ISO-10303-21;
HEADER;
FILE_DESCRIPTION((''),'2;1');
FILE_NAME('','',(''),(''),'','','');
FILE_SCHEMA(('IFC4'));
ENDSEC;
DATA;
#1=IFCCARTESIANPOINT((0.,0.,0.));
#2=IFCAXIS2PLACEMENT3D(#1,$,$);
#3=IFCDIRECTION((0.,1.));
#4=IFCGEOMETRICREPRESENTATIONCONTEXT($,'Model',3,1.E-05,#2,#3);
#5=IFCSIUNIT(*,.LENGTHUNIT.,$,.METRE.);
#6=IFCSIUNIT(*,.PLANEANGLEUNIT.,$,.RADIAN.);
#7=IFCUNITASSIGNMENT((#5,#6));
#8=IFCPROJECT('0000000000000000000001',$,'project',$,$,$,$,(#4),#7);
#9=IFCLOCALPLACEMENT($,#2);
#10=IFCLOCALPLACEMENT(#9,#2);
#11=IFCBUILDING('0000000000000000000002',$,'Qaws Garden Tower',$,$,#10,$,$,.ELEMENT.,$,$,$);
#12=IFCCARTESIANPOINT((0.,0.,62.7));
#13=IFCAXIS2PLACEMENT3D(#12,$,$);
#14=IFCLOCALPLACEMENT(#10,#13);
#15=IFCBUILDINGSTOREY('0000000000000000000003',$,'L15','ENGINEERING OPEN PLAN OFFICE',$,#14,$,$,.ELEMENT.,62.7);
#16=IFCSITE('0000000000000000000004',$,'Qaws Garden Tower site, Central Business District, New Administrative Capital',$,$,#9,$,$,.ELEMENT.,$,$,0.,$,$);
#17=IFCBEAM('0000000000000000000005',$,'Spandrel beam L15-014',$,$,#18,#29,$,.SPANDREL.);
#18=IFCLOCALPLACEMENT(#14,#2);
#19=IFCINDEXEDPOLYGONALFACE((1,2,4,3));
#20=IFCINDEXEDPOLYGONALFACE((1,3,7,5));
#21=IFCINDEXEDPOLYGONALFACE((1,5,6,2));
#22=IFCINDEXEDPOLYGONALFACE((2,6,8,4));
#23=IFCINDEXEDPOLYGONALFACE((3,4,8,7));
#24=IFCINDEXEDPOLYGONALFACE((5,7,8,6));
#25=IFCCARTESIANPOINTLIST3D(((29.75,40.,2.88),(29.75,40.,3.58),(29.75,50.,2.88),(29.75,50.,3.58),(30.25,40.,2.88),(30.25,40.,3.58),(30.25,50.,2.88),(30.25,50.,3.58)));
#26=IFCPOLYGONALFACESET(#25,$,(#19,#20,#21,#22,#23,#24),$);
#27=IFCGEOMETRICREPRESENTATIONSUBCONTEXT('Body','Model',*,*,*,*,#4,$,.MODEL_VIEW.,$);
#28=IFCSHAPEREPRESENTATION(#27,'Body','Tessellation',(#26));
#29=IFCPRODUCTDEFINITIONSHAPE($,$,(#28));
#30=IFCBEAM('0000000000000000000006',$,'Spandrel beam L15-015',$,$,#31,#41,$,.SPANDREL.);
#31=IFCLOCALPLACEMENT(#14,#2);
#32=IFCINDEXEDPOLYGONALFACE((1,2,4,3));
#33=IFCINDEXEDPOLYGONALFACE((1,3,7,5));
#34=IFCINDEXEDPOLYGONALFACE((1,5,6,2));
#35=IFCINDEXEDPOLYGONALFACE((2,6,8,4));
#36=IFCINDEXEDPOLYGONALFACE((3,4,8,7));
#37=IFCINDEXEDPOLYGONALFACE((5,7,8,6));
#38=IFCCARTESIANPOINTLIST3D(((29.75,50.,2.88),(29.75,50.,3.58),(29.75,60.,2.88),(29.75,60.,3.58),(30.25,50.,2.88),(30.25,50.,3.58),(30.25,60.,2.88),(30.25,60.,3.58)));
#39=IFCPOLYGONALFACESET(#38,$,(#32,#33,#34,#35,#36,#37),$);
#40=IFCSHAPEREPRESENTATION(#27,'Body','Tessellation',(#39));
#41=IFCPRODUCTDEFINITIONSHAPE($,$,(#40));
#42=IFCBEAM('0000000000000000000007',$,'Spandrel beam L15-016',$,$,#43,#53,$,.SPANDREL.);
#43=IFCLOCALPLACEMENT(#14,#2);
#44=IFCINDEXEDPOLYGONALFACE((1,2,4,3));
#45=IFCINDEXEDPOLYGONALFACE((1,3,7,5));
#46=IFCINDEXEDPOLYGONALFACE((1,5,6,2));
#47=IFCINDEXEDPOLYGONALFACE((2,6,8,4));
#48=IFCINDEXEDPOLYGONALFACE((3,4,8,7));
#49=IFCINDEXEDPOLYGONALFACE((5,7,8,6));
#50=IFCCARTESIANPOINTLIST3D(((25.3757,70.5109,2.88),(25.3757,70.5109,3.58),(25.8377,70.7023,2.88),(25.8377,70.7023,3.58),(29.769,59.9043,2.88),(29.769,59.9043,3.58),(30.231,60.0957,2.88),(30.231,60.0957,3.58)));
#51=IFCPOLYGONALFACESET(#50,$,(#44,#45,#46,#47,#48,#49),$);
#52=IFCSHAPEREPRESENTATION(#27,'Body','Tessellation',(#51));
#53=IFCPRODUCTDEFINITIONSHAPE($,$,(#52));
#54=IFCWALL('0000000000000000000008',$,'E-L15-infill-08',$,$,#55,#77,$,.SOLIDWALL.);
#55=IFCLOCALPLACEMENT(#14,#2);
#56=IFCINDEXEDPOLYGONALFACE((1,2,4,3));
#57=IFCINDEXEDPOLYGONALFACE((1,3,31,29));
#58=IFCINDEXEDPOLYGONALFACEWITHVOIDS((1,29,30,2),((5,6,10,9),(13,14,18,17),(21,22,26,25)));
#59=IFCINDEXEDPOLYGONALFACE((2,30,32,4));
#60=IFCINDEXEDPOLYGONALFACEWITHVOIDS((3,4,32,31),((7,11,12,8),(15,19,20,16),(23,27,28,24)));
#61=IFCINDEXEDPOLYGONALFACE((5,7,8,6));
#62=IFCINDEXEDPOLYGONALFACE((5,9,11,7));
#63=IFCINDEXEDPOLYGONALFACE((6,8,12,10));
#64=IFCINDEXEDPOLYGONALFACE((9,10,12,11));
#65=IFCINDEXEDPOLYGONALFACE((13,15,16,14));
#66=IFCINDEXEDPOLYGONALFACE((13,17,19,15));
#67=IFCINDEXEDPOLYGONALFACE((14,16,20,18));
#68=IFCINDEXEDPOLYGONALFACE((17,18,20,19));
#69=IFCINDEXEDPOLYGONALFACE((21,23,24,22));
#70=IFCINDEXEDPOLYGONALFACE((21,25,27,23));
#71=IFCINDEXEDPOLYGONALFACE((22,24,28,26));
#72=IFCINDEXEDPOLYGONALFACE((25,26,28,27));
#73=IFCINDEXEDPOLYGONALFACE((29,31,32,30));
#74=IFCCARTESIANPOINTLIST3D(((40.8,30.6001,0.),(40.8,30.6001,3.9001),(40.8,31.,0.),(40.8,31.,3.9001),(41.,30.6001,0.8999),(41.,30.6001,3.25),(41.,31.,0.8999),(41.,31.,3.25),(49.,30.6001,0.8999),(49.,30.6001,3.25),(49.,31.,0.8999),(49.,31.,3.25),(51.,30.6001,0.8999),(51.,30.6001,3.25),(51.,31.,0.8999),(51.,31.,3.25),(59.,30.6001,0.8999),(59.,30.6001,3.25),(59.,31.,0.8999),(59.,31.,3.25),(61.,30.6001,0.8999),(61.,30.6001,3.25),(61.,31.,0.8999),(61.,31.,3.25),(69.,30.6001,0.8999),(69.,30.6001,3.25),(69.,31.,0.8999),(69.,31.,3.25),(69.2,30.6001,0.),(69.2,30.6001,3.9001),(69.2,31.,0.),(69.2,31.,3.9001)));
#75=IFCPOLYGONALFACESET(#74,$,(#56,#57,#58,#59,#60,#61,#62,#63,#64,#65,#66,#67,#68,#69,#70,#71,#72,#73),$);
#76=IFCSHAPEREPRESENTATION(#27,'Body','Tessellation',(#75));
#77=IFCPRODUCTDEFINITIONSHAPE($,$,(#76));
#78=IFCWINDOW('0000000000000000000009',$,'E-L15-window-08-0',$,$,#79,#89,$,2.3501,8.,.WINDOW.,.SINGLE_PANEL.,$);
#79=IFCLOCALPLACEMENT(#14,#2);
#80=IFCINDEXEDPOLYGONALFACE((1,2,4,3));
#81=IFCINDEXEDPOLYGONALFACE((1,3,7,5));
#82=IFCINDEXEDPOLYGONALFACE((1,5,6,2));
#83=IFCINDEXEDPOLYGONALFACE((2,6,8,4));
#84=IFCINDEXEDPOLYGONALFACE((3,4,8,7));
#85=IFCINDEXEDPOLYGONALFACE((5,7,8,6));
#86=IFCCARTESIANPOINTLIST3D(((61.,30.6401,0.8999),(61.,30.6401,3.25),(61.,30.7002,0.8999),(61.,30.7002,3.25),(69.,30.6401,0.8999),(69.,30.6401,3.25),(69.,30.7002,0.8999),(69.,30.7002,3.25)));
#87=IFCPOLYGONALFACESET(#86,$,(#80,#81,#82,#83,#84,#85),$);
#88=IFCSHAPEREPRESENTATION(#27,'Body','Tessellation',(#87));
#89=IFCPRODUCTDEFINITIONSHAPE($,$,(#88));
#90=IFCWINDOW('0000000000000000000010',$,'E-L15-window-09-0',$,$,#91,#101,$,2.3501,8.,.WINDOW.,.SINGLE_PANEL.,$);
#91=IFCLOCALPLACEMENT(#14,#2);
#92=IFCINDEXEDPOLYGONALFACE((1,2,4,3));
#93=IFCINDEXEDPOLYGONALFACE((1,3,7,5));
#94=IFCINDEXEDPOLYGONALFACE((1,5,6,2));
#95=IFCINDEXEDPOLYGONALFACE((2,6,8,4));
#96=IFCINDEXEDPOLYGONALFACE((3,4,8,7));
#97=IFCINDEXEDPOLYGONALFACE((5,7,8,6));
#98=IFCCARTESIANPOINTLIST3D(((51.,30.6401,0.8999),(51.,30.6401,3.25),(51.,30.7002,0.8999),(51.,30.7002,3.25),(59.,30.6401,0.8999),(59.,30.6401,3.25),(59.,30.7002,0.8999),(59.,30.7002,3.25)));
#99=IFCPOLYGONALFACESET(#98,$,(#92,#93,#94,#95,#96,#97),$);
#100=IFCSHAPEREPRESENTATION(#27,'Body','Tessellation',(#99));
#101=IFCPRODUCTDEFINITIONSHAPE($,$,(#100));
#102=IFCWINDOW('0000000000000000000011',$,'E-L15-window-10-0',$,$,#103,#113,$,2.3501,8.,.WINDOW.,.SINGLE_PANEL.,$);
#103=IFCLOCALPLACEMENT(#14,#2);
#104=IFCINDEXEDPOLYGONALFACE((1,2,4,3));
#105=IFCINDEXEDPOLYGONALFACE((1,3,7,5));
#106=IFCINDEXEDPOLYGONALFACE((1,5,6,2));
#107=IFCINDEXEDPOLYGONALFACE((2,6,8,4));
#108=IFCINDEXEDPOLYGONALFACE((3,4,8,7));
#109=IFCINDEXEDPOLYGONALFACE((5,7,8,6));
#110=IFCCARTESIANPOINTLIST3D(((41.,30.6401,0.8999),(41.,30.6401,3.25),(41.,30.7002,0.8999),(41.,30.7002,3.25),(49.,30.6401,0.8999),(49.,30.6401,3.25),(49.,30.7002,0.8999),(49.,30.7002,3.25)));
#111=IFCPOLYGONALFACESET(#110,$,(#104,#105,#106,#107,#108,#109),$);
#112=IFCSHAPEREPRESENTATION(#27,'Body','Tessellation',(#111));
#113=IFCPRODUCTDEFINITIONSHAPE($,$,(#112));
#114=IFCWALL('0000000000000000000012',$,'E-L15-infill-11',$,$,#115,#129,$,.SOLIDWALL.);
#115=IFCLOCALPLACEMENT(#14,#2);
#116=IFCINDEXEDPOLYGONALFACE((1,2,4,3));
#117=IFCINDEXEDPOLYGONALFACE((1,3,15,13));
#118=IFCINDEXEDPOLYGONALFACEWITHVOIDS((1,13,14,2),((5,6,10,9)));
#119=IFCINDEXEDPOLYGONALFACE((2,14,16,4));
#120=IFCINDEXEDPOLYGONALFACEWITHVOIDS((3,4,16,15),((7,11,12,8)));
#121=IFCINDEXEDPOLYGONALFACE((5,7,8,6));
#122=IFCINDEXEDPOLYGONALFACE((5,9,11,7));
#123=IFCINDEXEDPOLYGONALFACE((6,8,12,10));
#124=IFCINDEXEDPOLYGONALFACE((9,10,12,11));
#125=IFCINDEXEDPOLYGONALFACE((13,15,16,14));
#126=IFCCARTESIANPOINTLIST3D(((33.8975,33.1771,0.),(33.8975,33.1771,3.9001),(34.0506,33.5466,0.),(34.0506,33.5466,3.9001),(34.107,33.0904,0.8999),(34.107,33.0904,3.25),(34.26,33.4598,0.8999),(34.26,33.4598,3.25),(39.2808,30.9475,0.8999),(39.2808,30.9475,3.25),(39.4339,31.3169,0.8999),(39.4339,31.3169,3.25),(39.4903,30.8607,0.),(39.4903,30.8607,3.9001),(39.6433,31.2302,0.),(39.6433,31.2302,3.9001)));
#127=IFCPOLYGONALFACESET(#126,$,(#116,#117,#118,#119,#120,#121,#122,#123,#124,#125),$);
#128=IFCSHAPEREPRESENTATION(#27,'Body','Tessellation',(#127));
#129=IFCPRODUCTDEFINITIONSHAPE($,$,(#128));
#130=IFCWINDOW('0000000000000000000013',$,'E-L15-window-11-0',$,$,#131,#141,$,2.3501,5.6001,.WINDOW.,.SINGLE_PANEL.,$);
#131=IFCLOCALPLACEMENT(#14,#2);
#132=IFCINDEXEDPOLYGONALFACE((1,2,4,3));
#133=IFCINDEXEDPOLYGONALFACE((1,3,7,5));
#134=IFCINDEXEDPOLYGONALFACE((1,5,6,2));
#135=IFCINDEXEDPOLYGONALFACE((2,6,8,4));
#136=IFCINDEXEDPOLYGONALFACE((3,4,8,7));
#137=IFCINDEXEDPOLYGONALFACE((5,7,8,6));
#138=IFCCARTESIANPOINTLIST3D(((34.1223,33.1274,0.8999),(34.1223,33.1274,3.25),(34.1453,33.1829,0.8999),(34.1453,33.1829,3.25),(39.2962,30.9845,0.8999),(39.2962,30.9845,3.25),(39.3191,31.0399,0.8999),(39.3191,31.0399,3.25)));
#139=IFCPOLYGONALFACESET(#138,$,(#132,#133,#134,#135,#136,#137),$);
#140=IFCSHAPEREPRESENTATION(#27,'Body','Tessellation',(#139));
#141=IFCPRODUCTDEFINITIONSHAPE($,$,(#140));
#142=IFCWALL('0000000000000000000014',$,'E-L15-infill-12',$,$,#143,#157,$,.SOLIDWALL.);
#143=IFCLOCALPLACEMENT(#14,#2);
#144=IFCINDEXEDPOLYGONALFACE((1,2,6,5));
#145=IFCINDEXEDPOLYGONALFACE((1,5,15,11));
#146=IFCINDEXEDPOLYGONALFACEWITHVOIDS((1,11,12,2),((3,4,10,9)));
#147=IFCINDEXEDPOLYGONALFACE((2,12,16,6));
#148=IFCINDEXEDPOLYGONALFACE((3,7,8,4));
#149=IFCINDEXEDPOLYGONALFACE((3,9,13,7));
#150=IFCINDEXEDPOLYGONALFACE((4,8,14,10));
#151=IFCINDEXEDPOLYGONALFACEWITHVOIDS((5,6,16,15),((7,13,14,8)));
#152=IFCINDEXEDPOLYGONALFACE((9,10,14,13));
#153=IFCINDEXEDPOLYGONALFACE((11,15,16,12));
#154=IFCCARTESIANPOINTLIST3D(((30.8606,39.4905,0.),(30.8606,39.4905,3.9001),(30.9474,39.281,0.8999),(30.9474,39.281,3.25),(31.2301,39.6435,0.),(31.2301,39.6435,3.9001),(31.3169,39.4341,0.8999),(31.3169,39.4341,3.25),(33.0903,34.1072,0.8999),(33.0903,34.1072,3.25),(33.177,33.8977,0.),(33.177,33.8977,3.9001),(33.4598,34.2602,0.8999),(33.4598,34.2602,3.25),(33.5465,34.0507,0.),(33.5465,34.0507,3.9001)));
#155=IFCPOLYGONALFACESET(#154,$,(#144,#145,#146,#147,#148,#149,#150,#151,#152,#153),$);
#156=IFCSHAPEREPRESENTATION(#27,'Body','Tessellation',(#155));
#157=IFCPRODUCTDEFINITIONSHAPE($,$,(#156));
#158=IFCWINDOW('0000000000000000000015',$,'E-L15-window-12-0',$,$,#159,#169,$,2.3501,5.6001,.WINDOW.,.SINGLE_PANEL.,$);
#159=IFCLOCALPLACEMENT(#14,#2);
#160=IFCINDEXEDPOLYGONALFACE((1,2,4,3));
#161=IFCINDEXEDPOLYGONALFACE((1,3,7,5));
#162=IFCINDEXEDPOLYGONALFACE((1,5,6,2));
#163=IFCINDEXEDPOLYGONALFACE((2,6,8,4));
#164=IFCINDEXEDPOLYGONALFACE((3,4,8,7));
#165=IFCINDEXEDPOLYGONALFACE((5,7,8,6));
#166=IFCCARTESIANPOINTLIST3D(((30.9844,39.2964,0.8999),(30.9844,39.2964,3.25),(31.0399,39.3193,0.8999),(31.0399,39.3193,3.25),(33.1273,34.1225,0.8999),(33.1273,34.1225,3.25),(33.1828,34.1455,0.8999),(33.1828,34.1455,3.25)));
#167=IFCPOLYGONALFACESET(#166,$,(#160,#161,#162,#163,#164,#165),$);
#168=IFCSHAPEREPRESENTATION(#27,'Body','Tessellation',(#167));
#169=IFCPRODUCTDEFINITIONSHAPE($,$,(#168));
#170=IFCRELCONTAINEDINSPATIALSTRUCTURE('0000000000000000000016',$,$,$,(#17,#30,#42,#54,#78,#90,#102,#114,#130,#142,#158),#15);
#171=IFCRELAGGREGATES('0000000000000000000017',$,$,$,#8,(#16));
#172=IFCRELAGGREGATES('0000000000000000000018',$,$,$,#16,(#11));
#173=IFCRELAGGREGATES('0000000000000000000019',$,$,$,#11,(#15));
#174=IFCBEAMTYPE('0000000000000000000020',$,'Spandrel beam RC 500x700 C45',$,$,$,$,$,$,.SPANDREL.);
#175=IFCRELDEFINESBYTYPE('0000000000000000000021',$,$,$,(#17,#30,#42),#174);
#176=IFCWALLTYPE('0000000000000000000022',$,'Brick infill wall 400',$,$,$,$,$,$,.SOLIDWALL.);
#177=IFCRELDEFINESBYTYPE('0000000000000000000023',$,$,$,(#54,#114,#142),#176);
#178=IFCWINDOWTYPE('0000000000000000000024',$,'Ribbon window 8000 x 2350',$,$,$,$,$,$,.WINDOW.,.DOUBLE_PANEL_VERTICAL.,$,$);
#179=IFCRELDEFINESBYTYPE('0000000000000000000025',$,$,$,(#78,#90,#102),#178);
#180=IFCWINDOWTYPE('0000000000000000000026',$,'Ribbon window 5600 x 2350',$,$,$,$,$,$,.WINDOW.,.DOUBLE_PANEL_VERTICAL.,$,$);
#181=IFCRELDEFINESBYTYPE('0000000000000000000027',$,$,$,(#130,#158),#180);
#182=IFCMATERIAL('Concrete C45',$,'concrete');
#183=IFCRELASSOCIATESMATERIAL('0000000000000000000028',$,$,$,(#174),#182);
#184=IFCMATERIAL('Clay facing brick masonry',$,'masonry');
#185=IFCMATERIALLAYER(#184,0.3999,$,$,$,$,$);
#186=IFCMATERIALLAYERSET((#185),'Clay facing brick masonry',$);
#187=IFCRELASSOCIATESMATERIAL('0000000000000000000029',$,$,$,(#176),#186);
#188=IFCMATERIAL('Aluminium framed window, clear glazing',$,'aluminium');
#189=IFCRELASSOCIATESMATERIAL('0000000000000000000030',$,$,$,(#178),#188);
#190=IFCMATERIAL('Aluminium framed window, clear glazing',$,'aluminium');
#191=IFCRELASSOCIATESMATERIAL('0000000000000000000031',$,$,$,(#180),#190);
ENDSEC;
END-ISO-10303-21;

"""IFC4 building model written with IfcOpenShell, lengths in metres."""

from ifc_helpers import new_model, si_unit, direction, frame, frame_2d, origin, origin_2d, place, context, subcontext, project, spatial, rectangle, extrude, material, layer, layer_set, material_profile, profile_set, type_object, element, fill, save


model = new_model("IFC4")

# Units and contexts
model_context = context("Model", 3, precision=1e-05, world=origin(), true_north=direction((0.0, 1.0)))
body_context = subcontext(model_context, "Body", "Model", "MODEL_VIEW")
ifc_project = project(units=[si_unit("LENGTHUNIT", "METRE"), si_unit("PLANEANGLEUNIT", "RADIAN")], contexts=[model_context])

# Site, building, storey
site_placement = place(None, origin())
site = spatial("IfcSite", under=ifc_project, at=site_placement, Name="Qaws Garden Tower site, Central Business District, New Administrative Capital", CompositionType="ELEMENT", RefElevation=0.0)
building_placement = place(site_placement, origin())
building = spatial("IfcBuilding", under=site, at=building_placement, Name="Qaws Garden Tower", CompositionType="ELEMENT")
storey_placement = place(building_placement, frame((0.0, 0.0, 62.7)))
storey = spatial("IfcBuildingStorey", under=building, at=storey_placement, Name="L15", Description="ENGINEERING OPEN PLAN OFFICE", CompositionType="ELEMENT", Elevation=62.7)

# Beams
ifc_material_1 = material(Name="Concrete C45", Category="concrete")
ifc_material_profile_1 = material_profile(ifc_material_1, rectangle(XDim=0.5, YDim=0.7, at=origin_2d()), Name="RC 500x700")
ifc_profile_set_1 = profile_set([ifc_material_profile_1], Name="Concrete C45")
beam_type = type_object("IfcBeamType", Name="Spandrel beam RC 500x700 C45", PredefinedType="SPANDREL", material=ifc_profile_set_1)
for number, where, z_axis, x_axis, name in (
    (1, (30.0, 40.0, 3.23), (0.0, 1.0, 0.0), (-1.0, 0.0, 0.0), "Spandrel beam L15-014"),
    (2, (30.0, 50.0, 3.23), (0.0, 1.0, 0.0), (-1.0, 0.0, 0.0), "Spandrel beam L15-015"),
):
    element("IfcBeam", number, at=place(storey_placement, frame(where, z_axis=z_axis, x_axis=x_axis)), inside=storey, type_object=beam_type, Name=name, PredefinedType="SPANDREL", context=body_context, shape_type="SweptSolid", body=[
        extrude(rectangle(XDim=0.5, YDim=0.7, at=origin_2d()), origin(), (0.0, 0.0, 1.0), 10.0),
    ])
beam_1_placement = place(storey_placement, frame((30.0, 60.0, 3.23), z_axis=(-0.382674, 0.923883, 0.0), x_axis=(-0.923883, -0.382674, 0.0)))
element("IfcBeam", 3, at=beam_1_placement, inside=storey, type_object=beam_type, Name="Spandrel beam L15-016", PredefinedType="SPANDREL", context=body_context, shape_type="SweptSolid", body=[
    extrude(rectangle(XDim=0.5, YDim=0.7, at=origin_2d()), origin(), (0.0, 0.0, 1.0), 11.4805),
])

# Wall, openings, windows
ifc_material_2 = material(Name="Clay facing brick masonry", Category="masonry")
ifc_layer_1 = layer(ifc_material_2, 0.3999)
ifc_layer_set_1 = layer_set([ifc_layer_1], Name="Clay facing brick masonry")
wall_type_1 = type_object("IfcWallType", Name="Brick infill wall 400", PredefinedType="SOLIDWALL", material=ifc_layer_set_1)
wall_1_placement = place(storey_placement, frame((69.2, 30.8, 0.0), z_axis=(0.0, 0.0, 1.0), x_axis=(-1.0, 0.0, 0.0)))
wall_1 = element("IfcWall", 4, at=wall_1_placement, inside=storey, type_object=wall_type_1, Name="E-L15-infill-08", PredefinedType="SOLIDWALL", context=body_context, shape_type="SweptSolid", body=[
    extrude(rectangle(XDim=28.3999, YDim=0.3999, at=frame_2d((14.2, 0.0))), origin(), (0.0, 0.0, 1.0), 3.9001),
])
opening_1_placement = place(wall_1_placement, frame((0.2, 0.0, 0.8999)))
opening_1 = element("IfcOpeningElement", 5, at=opening_1_placement, cuts=wall_1, PredefinedType="OPENING", context=body_context, shape_type="SweptSolid", body=[
    extrude(rectangle(XDim=8.0, YDim=2.3501, at=frame_2d((4.0, 1.175))), frame((0.0, 0.21, 0.0), z_axis=(0.0, -1.0, 0.0), x_axis=(1.0, 0.0, 0.0)), (0.0, 0.0, 1.0), 0.4199),
])
opening_2_placement = place(wall_1_placement, frame((10.2, 0.0, 0.8999)))
opening_2 = element("IfcOpeningElement", 6, at=opening_2_placement, cuts=wall_1, PredefinedType="OPENING", context=body_context, shape_type="SweptSolid", body=[
    extrude(rectangle(XDim=8.0, YDim=2.3501, at=frame_2d((4.0, 1.175))), frame((0.0, 0.21, 0.0), z_axis=(0.0, -1.0, 0.0), x_axis=(1.0, 0.0, 0.0)), (0.0, 0.0, 1.0), 0.4199),
])
opening_3_placement = place(wall_1_placement, frame((20.2, 0.0, 0.8999)))
opening_3 = element("IfcOpeningElement", 7, at=opening_3_placement, cuts=wall_1, PredefinedType="OPENING", context=body_context, shape_type="SweptSolid", body=[
    extrude(rectangle(XDim=8.0, YDim=2.3501, at=frame_2d((4.0, 1.175))), frame((0.0, 0.21, 0.0), z_axis=(0.0, -1.0, 0.0), x_axis=(1.0, 0.0, 0.0)), (0.0, 0.0, 1.0), 0.4199),
])
ifc_material_3 = material(Name="Aluminium framed window, clear glazing", Category="aluminium")
window_type_1 = type_object("IfcWindowType", Name="Ribbon window 8000 x 2350", PartitioningType="DOUBLE_PANEL_VERTICAL", PredefinedType="WINDOW", material=ifc_material_3)
window_1_placement = place(opening_1_placement, origin())
window_1 = element("IfcWindow", 8, at=window_1_placement, inside=storey, type_object=window_type_1, Name="E-L15-window-08-0", OverallHeight=2.3501, OverallWidth=8.0, PartitioningType="SINGLE_PANEL", PredefinedType="WINDOW", context=body_context, shape_type="SweptSolid", body=[
    extrude(rectangle(XDim=8.0, YDim=2.3501, at=frame_2d((4.0, 1.175))), frame((0.0, 0.1599, 0.0), z_axis=(0.0, -1.0, 0.0), x_axis=(1.0, 0.0, 0.0)), (0.0, 0.0, 1.0), 0.0601),
])
fill(opening_1, window_1)
window_2_placement = place(opening_2_placement, origin())
window_2 = element("IfcWindow", 9, at=window_2_placement, inside=storey, type_object=window_type_1, Name="E-L15-window-09-0", OverallHeight=2.3501, OverallWidth=8.0, PartitioningType="SINGLE_PANEL", PredefinedType="WINDOW", context=body_context, shape_type="SweptSolid", body=[
    extrude(rectangle(XDim=8.0, YDim=2.3501, at=frame_2d((4.0, 1.175))), frame((0.0, 0.1599, 0.0), z_axis=(0.0, -1.0, 0.0), x_axis=(1.0, 0.0, 0.0)), (0.0, 0.0, 1.0), 0.0601),
])
fill(opening_2, window_2)
window_3_placement = place(opening_3_placement, origin())
window_3 = element("IfcWindow", 10, at=window_3_placement, inside=storey, type_object=window_type_1, Name="E-L15-window-10-0", OverallHeight=2.3501, OverallWidth=8.0, PartitioningType="SINGLE_PANEL", PredefinedType="WINDOW", context=body_context, shape_type="SweptSolid", body=[
    extrude(rectangle(XDim=8.0, YDim=2.3501, at=frame_2d((4.0, 1.175))), frame((0.0, 0.1599, 0.0), z_axis=(0.0, -1.0, 0.0), x_axis=(1.0, 0.0, 0.0)), (0.0, 0.0, 1.0), 0.0601),
])
fill(opening_3, window_3)

# Walls, openings, windows
wall_2_placement = place(storey_placement, frame((39.5669, 31.0454, 0.0), z_axis=(0.0, 0.0, 1.0), x_axis=(-0.923891, 0.382656, 0.0)))
wall_2 = element("IfcWall", 11, at=wall_2_placement, inside=storey, type_object=wall_type_1, Name="E-L15-infill-11", PredefinedType="SOLIDWALL", context=body_context, shape_type="SweptSolid", body=[
    extrude(rectangle(XDim=6.0535, YDim=0.3999, at=frame_2d((3.0269, 0.0))), origin(), (0.0, 0.0, 1.0), 3.9001),
])
opening_4_placement = place(wall_2_placement, frame((0.2268, 0.0, 0.8999)))
opening_4 = element("IfcOpeningElement", 12, at=opening_4_placement, cuts=wall_2, PredefinedType="OPENING", context=body_context, shape_type="SweptSolid", body=[
    extrude(rectangle(XDim=5.6001, YDim=2.3501, at=frame_2d((2.8, 1.175))), frame((0.0, 0.21, 0.0), z_axis=(0.0, -1.0, 0.0), x_axis=(1.0, 0.0, 0.0)), (0.0, 0.0, 1.0), 0.4199),
])
ifc_material_4 = material(Name="Aluminium framed window, clear glazing", Category="aluminium")
window_type_2 = type_object("IfcWindowType", Name="Ribbon window 5600 x 2350", PartitioningType="DOUBLE_PANEL_VERTICAL", PredefinedType="WINDOW", material=ifc_material_4)
window_4_placement = place(opening_4_placement, origin())
window_4 = element("IfcWindow", 13, at=window_4_placement, inside=storey, type_object=window_type_2, Name="E-L15-window-11-0", OverallHeight=2.3501, OverallWidth=5.6001, PartitioningType="SINGLE_PANEL", PredefinedType="WINDOW", context=body_context, shape_type="SweptSolid", body=[
    extrude(rectangle(XDim=5.6001, YDim=2.3501, at=frame_2d((2.8, 1.175))), frame((0.0, 0.1599, 0.0), z_axis=(0.0, -1.0, 0.0), x_axis=(1.0, 0.0, 0.0)), (0.0, 0.0, 1.0), 0.0601),
])
fill(opening_4, window_4)
wall_3_placement = place(storey_placement, frame((33.3618, 33.9741, 0.0), z_axis=(0.0, 0.0, 1.0), x_axis=(-0.382656, 0.923891, 0.0)))
wall_3 = element("IfcWall", 14, at=wall_3_placement, inside=storey, type_object=wall_type_1, Name="E-L15-infill-12", PredefinedType="SOLIDWALL", context=body_context, shape_type="SweptSolid", body=[
    extrude(rectangle(XDim=6.0535, YDim=0.3999, at=frame_2d((3.0269, 0.0))), origin(), (0.0, 0.0, 1.0), 3.9001),
])
opening_5_placement = place(wall_3_placement, frame((0.2268, 0.0, 0.8999)))
opening_5 = element("IfcOpeningElement", 15, at=opening_5_placement, cuts=wall_3, PredefinedType="OPENING", context=body_context, shape_type="SweptSolid", body=[
    extrude(rectangle(XDim=5.6001, YDim=2.3501, at=frame_2d((2.8, 1.175))), frame((0.0, 0.21, 0.0), z_axis=(0.0, -1.0, 0.0), x_axis=(1.0, 0.0, 0.0)), (0.0, 0.0, 1.0), 0.4199),
])
window_5_placement = place(opening_5_placement, origin())
window_5 = element("IfcWindow", 16, at=window_5_placement, inside=storey, type_object=window_type_2, Name="E-L15-window-12-0", OverallHeight=2.3501, OverallWidth=5.6001, PartitioningType="SINGLE_PANEL", PredefinedType="WINDOW", context=body_context, shape_type="SweptSolid", body=[
    extrude(rectangle(XDim=5.6001, YDim=2.3501, at=frame_2d((2.8, 1.175))), frame((0.0, 0.1599, 0.0), z_axis=(0.0, -1.0, 0.0), x_axis=(1.0, 0.0, 0.0)), (0.0, 0.0, 1.0), 0.0601),
])
fill(opening_5, window_5)

save(model, "model.ifc")
